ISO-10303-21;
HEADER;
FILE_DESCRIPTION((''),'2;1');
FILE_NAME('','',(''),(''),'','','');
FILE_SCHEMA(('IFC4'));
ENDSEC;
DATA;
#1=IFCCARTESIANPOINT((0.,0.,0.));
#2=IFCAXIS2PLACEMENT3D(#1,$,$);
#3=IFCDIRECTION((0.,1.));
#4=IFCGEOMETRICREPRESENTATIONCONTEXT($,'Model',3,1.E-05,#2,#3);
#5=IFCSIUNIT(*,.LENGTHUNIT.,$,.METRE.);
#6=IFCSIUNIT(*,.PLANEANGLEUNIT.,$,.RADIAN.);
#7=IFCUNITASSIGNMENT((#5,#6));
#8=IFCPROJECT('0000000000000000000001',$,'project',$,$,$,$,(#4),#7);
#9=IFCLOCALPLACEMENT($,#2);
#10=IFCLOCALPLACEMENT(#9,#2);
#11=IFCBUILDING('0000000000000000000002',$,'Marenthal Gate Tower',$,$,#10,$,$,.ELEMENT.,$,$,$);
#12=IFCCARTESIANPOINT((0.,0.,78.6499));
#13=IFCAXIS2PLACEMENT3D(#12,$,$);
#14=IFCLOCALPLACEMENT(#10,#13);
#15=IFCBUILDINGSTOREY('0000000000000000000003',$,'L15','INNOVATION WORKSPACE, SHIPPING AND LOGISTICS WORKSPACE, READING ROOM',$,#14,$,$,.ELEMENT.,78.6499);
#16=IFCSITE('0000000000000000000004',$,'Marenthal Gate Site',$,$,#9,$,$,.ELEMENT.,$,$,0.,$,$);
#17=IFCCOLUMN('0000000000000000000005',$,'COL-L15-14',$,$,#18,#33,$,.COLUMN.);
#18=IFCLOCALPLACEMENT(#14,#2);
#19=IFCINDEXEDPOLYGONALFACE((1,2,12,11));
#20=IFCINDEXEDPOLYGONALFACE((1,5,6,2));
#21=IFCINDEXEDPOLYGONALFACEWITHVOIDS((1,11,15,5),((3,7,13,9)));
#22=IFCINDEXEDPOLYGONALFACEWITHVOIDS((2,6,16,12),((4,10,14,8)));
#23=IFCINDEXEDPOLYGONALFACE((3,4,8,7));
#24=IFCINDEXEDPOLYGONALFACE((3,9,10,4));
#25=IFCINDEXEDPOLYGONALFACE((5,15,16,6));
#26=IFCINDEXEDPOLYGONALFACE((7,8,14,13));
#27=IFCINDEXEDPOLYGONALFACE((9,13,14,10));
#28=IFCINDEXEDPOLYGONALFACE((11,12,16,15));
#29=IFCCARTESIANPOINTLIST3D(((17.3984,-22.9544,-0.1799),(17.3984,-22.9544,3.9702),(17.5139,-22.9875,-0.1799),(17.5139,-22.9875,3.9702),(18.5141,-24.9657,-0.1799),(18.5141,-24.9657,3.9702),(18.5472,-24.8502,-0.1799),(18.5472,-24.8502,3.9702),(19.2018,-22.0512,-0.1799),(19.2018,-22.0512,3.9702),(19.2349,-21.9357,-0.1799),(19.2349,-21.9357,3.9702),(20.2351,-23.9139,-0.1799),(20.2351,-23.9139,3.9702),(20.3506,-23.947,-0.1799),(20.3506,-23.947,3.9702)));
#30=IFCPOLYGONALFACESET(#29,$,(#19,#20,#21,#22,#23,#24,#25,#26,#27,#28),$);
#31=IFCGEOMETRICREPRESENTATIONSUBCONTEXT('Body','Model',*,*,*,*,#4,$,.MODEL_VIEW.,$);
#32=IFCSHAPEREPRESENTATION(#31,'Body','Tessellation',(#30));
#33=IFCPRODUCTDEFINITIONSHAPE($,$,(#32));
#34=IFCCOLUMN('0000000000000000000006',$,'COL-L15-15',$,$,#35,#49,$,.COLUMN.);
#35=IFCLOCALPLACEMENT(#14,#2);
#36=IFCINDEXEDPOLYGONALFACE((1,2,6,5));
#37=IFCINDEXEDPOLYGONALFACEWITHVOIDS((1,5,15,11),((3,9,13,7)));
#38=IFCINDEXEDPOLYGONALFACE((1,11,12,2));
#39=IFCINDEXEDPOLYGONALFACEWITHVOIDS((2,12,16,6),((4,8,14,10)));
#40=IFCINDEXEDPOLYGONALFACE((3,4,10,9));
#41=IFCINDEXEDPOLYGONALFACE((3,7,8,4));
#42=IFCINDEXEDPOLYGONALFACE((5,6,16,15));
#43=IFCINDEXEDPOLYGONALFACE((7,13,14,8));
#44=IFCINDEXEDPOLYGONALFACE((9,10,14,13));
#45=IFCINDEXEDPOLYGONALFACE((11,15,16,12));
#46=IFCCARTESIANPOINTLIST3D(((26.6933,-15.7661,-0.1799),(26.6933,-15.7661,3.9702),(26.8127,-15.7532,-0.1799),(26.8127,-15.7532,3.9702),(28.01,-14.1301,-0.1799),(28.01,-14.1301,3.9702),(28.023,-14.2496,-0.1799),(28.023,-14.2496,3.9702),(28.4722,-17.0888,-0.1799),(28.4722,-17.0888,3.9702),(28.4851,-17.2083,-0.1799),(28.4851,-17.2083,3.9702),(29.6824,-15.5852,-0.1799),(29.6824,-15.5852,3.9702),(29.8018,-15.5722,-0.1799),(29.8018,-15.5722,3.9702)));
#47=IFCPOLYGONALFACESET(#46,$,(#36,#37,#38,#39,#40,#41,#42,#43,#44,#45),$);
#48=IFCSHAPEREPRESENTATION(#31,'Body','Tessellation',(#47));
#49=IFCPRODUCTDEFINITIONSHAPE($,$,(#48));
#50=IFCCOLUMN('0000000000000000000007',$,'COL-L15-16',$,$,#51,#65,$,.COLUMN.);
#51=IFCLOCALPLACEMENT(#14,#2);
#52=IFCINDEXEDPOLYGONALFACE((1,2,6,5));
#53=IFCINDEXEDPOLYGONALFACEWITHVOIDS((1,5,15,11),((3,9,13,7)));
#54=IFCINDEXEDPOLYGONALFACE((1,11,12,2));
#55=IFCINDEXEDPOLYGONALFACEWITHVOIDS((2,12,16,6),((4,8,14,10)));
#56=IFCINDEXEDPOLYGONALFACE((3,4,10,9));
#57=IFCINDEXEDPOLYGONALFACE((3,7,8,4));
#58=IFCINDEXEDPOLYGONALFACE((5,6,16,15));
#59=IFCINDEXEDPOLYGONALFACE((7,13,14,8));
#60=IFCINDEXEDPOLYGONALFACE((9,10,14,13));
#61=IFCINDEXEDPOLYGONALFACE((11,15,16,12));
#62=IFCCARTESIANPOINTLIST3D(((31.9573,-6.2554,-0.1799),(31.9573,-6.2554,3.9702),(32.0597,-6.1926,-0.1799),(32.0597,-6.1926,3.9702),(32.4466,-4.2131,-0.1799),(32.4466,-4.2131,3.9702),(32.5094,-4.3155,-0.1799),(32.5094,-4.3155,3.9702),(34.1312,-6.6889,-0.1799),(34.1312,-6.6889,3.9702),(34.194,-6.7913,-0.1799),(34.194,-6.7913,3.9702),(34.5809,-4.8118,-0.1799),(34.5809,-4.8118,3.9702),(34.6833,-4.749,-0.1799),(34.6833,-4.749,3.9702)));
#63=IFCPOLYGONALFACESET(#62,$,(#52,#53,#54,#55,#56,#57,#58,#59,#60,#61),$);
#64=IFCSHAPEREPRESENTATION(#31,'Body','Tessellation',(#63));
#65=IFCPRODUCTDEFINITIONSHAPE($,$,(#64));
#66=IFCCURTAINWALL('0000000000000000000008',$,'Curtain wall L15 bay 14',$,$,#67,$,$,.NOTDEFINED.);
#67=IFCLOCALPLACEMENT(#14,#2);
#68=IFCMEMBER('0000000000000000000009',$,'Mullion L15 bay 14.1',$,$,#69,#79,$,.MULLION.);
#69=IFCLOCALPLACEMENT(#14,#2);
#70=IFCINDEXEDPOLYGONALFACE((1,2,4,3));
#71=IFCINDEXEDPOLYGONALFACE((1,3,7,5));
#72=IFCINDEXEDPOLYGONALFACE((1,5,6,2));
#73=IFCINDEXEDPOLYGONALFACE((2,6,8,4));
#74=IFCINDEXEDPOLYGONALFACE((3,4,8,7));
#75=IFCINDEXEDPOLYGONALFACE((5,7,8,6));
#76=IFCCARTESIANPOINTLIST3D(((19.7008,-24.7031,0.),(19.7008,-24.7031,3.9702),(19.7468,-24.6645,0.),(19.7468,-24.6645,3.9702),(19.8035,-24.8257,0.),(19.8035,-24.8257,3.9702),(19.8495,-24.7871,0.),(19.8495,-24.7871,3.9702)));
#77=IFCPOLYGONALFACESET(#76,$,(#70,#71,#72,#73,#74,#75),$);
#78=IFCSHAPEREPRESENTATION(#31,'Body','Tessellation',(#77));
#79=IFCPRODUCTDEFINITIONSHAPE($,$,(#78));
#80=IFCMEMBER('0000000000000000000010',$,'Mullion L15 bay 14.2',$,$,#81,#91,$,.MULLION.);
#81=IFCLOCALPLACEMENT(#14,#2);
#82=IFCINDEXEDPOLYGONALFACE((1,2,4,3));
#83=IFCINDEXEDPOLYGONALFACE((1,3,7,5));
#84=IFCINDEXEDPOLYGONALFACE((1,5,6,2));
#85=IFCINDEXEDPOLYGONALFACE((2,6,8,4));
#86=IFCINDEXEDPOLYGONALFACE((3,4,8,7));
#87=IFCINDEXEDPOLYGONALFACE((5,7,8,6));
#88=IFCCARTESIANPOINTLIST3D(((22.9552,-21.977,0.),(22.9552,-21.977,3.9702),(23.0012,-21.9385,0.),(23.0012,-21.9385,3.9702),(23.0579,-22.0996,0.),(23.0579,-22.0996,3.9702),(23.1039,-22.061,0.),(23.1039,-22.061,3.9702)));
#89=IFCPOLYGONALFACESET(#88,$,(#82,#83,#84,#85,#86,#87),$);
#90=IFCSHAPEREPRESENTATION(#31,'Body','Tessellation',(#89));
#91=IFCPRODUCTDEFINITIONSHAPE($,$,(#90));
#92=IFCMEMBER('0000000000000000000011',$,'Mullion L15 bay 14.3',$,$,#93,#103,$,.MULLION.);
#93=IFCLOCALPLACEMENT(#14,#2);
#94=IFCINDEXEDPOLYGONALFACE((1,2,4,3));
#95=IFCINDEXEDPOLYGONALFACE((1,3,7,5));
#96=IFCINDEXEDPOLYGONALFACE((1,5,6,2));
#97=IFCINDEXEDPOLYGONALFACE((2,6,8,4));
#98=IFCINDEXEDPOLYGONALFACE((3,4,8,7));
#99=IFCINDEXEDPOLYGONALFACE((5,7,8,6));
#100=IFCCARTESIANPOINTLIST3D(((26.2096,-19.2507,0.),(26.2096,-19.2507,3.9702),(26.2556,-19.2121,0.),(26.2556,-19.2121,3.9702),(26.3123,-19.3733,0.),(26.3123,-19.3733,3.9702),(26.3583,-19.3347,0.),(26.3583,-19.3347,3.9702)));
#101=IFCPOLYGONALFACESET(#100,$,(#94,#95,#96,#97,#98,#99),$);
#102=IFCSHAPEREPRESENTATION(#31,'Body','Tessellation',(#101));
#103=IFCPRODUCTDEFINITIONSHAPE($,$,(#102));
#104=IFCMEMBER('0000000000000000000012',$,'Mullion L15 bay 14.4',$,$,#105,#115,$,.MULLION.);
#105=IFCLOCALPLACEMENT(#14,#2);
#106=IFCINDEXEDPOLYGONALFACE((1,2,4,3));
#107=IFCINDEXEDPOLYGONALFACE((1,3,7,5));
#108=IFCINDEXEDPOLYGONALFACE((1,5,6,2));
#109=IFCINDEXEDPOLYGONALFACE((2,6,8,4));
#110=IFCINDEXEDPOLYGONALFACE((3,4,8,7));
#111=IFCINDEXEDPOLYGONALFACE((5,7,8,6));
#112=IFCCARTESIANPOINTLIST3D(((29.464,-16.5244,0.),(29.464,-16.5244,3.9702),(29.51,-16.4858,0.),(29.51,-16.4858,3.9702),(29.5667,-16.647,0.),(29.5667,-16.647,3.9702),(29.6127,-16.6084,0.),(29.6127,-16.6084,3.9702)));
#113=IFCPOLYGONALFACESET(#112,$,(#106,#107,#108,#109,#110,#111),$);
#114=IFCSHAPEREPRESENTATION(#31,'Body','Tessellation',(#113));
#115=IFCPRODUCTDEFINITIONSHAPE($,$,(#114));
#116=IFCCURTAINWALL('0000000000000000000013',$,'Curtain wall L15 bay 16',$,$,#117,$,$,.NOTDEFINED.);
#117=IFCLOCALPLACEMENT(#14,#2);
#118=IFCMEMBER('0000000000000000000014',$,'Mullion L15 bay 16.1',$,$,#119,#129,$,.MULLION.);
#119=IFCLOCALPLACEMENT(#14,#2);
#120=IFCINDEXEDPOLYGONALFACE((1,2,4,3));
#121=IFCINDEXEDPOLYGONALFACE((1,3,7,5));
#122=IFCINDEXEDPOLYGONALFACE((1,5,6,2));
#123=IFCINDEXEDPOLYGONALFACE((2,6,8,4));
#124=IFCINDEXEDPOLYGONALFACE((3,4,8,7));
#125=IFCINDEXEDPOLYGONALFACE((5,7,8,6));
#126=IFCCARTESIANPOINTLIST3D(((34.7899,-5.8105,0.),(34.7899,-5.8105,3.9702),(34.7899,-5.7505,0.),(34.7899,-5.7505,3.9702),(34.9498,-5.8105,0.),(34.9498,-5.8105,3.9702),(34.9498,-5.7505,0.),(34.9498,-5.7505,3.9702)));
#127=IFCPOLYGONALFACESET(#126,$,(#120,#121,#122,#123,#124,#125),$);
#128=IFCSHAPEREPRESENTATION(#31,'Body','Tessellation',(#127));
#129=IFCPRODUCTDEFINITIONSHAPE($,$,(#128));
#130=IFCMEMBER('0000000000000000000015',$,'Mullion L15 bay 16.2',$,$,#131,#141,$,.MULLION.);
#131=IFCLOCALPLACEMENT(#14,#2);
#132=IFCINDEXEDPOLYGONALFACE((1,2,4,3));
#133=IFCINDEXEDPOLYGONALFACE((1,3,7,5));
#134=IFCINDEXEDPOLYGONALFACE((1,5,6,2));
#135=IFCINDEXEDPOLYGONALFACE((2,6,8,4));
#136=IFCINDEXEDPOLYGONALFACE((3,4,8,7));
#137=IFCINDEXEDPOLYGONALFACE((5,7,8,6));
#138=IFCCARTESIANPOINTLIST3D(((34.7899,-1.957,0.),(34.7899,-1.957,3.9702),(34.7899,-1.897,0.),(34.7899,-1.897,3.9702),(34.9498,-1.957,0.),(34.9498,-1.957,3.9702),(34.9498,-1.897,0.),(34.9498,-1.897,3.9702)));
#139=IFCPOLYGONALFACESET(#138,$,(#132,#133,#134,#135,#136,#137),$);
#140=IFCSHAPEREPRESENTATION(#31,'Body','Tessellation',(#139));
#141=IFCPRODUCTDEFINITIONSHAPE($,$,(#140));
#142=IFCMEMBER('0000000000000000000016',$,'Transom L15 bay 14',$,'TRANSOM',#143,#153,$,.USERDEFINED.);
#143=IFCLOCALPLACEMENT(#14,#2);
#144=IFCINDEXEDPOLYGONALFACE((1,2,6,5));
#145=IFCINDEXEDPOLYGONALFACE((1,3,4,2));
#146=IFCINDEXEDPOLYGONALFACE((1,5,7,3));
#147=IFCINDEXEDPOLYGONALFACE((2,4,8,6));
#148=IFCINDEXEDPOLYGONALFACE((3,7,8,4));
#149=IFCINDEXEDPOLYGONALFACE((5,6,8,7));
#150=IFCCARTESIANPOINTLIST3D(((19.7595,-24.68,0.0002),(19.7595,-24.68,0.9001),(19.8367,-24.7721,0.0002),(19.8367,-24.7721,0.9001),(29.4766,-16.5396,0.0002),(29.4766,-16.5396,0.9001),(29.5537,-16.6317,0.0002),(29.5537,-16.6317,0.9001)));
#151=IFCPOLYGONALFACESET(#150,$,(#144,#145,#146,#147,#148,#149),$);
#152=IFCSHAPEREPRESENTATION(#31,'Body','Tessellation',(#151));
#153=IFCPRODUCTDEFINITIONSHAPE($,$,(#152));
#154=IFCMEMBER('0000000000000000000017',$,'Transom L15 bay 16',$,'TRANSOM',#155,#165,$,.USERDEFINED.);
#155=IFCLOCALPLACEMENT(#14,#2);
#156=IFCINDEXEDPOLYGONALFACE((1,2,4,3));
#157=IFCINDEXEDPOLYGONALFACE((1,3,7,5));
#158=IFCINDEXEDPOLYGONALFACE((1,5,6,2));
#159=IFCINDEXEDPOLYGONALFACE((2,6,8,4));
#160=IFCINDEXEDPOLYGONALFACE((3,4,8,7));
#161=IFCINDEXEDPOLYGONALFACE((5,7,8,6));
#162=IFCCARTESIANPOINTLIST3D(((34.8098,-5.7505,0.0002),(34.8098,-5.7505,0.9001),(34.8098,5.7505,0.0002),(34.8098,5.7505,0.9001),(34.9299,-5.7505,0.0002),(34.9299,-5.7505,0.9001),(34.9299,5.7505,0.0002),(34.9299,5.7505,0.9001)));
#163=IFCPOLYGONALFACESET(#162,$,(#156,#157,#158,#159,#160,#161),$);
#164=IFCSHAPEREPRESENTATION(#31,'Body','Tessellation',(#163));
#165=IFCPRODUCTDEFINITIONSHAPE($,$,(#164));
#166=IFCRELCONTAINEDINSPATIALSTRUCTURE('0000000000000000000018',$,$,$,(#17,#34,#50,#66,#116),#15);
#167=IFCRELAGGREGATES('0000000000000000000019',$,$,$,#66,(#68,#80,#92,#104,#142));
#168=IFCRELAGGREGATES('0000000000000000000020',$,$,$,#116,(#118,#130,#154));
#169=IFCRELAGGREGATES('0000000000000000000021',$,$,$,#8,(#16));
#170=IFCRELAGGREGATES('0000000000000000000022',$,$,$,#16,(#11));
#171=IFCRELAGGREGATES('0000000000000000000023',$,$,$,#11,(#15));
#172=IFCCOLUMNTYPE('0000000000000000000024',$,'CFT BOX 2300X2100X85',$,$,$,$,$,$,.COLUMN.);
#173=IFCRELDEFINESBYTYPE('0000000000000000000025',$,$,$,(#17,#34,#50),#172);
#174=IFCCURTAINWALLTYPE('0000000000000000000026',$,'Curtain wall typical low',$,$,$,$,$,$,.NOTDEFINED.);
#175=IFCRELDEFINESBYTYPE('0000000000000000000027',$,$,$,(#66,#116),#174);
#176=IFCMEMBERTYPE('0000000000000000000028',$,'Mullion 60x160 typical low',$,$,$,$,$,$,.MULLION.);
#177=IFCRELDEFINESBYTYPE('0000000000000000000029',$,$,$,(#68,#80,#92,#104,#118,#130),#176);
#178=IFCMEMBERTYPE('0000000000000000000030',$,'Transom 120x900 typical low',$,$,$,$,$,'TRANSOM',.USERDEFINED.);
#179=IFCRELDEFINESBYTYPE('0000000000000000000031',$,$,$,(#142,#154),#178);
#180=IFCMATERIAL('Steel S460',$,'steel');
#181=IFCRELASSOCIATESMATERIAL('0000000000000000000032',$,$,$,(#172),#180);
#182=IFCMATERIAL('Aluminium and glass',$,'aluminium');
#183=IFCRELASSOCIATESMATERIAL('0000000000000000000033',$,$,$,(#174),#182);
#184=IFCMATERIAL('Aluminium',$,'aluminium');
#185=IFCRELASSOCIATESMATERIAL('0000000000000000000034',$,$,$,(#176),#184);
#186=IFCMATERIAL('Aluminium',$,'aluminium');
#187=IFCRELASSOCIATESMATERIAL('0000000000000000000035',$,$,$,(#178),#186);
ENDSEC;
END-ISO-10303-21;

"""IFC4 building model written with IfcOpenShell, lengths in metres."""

from ifc_helpers import new_model, si_unit, direction, frame, origin, origin_2d, place, context, subcontext, project, spatial, rectangle, hollow_rectangle, extrude, material, material_profile, profile_set, type_object, element, aggregate, save


model = new_model("IFC4")

# Units and contexts
model_context = context("Model", 3, precision=1e-05, world=origin(), true_north=direction((0.0, 1.0)))
body_context = subcontext(model_context, "Body", "Model", "MODEL_VIEW")
ifc_project = project(units=[si_unit("LENGTHUNIT", "METRE"), si_unit("PLANEANGLEUNIT", "RADIAN")], contexts=[model_context])

# Site, building, storey
site_placement = place(None, origin())
site = spatial("IfcSite", under=ifc_project, at=site_placement, Name="Marenthal Gate Site", CompositionType="ELEMENT", RefElevation=0.0)
building_placement = place(site_placement, origin())
building = spatial("IfcBuilding", under=site, at=building_placement, Name="Marenthal Gate Tower", CompositionType="ELEMENT")
storey_placement = place(building_placement, frame((0.0, 0.0, 78.6499)))
storey = spatial("IfcBuildingStorey", under=building, at=storey_placement, Name="L15", Description="INNOVATION WORKSPACE, SHIPPING AND LOGISTICS WORKSPACE, READING ROOM", CompositionType="ELEMENT", Elevation=78.6499)

# Columns
ifc_material_1 = material(Name="Steel S460", Category="steel")
ifc_material_profile_1 = material_profile(ifc_material_1, hollow_rectangle(XDim=2.1001, YDim=2.3, WallThickness=0.085, at=origin_2d()), Name="CFT BOX 2300X2100X85")
ifc_material_2 = material(Name="Concrete 70 MPa", Category="concrete")
ifc_material_profile_2 = material_profile(ifc_material_2, rectangle(XDim=1.9299, YDim=2.1299, at=origin_2d()), Name="CFT BOX 2300X2100X85 INFILL")
ifc_profile_set_1 = profile_set([ifc_material_profile_1, ifc_material_profile_2], Name="Steel S460 shell, Concrete 70 MPa infill")
column_type = type_object("IfcColumnType", Name="CFT BOX 2300X2100X85", PredefinedType="COLUMN", material=ifc_profile_set_1)
for number, where, z_axis, x_axis, name in (
    (1, (18.8745, -23.4507, -0.1799), (0.0, 0.0, 1.0), (-0.874469, -0.485081, 0.0), "COL-L15-14"),
    (2, (28.2476, -15.6692, -0.1799), (0.0, 0.0, 1.0), (-0.626997, -0.779022, 0.0), "COL-L15-15"),
    (3, (33.3203, -5.5022, -0.1799), (0.0, 0.0, 1.0), (-0.233004, -0.972476, 0.0), "COL-L15-16"),
):
    element("IfcColumn", number, at=place(storey_placement, frame(where, z_axis=z_axis, x_axis=x_axis)), inside=storey, type_object=column_type, Name=name, PredefinedType="COLUMN", context=body_context, shape_type="SweptSolid", body=[
        extrude(hollow_rectangle(XDim=2.1001, YDim=2.3, WallThickness=0.085, at=origin_2d()), origin(), (0.0, 0.0, 1.0), 4.1501),
    ])

# Curtain walls, members
ifc_material_3 = material(Name="Aluminium and glass", Category="aluminium")
curtain_wall_type = type_object("IfcCurtainWallType", Name="Curtain wall typical low", PredefinedType="NOTDEFINED", material=ifc_material_3)
curtain_wall_1_placement = place(storey_placement, origin())
curtain_wall_1 = element("IfcCurtainWall", 4, at=curtain_wall_1_placement, inside=storey, type_object=curtain_wall_type, Name="Curtain wall L15 bay 14", PredefinedType="NOTDEFINED")
ifc_material_4 = material(Name="Aluminium", Category="aluminium")
ifc_material_profile_3 = material_profile(ifc_material_4, rectangle(XDim=0.1599, YDim=0.0601, at=origin_2d()), Name="60x160 aluminium mullion")
ifc_profile_set_2 = profile_set([ifc_material_profile_3], Name="Aluminium")
member_type_1 = type_object("IfcMemberType", Name="Mullion 60x160 typical low", PredefinedType="MULLION", material=ifc_profile_set_2)
member_1_placement = place(storey_placement, frame((19.7751, -24.7451, 0.0), z_axis=(0.0, 0.0, 1.0), x_axis=(-0.642176, 0.766557, 0.0)))
member_1 = element("IfcMember", 5, at=member_1_placement, type_object=member_type_1, Name="Mullion L15 bay 14.1", PredefinedType="MULLION", context=body_context, shape_type="SweptSolid", body=[
    extrude(rectangle(XDim=0.1599, YDim=0.0601, at=origin_2d()), origin(), (0.0, 0.0, 1.0), 3.9702),
])
member_2_placement = place(storey_placement, frame((23.0295, -22.019, 0.0), z_axis=(0.0, 0.0, 1.0), x_axis=(-0.642176, 0.766557, 0.0)))
member_2 = element("IfcMember", 6, at=member_2_placement, type_object=member_type_1, Name="Mullion L15 bay 14.2", PredefinedType="MULLION", context=body_context, shape_type="SweptSolid", body=[
    extrude(rectangle(XDim=0.1599, YDim=0.0601, at=origin_2d()), origin(), (0.0, 0.0, 1.0), 3.9702),
])
member_3_placement = place(storey_placement, frame((26.2839, -19.2927, 0.0), z_axis=(0.0, 0.0, 1.0), x_axis=(-0.642176, 0.766557, 0.0)))
member_3 = element("IfcMember", 7, at=member_3_placement, type_object=member_type_1, Name="Mullion L15 bay 14.3", PredefinedType="MULLION", context=body_context, shape_type="SweptSolid", body=[
    extrude(rectangle(XDim=0.1599, YDim=0.0601, at=origin_2d()), origin(), (0.0, 0.0, 1.0), 3.9702),
])
member_4_placement = place(storey_placement, frame((29.5383, -16.5664, 0.0), z_axis=(0.0, 0.0, 1.0), x_axis=(-0.642176, 0.766557, 0.0)))
member_4 = element("IfcMember", 8, at=member_4_placement, type_object=member_type_1, Name="Mullion L15 bay 14.4", PredefinedType="MULLION", context=body_context, shape_type="SweptSolid", body=[
    extrude(rectangle(XDim=0.1599, YDim=0.0601, at=origin_2d()), origin(), (0.0, 0.0, 1.0), 3.9702),
])
curtain_wall_2_placement = place(storey_placement, origin())
curtain_wall_2 = element("IfcCurtainWall", 9, at=curtain_wall_2_placement, inside=storey, type_object=curtain_wall_type, Name="Curtain wall L15 bay 16", PredefinedType="NOTDEFINED")
member_5_placement = place(storey_placement, frame((34.8699, -5.7805, 0.0), z_axis=(0.0, 0.0, 1.0), x_axis=(-1.0, 0.0, 0.0)))
member_5 = element("IfcMember", 10, at=member_5_placement, type_object=member_type_1, Name="Mullion L15 bay 16.1", PredefinedType="MULLION", context=body_context, shape_type="SweptSolid", body=[
    extrude(rectangle(XDim=0.1599, YDim=0.0601, at=origin_2d()), origin(), (0.0, 0.0, 1.0), 3.9702),
])
member_6_placement = place(storey_placement, frame((34.8699, -1.927, 0.0), z_axis=(0.0, 0.0, 1.0), x_axis=(-1.0, 0.0, 0.0)))
member_6 = element("IfcMember", 11, at=member_6_placement, type_object=member_type_1, Name="Mullion L15 bay 16.2", PredefinedType="MULLION", context=body_context, shape_type="SweptSolid", body=[
    extrude(rectangle(XDim=0.1599, YDim=0.0601, at=origin_2d()), origin(), (0.0, 0.0, 1.0), 3.9702),
])

# Members
ifc_material_5 = material(Name="Aluminium", Category="aluminium")
ifc_material_profile_4 = material_profile(ifc_material_5, rectangle(XDim=0.1201, YDim=0.8999, at=origin_2d()), Name="120x900 aluminium transom")
ifc_profile_set_3 = profile_set([ifc_material_profile_4], Name="Aluminium")
member_type_2 = type_object("IfcMemberType", Name="Transom 120x900 typical low", ElementType="TRANSOM", PredefinedType="USERDEFINED", material=ifc_profile_set_3)
member_7_placement = place(storey_placement, frame((19.7981, -24.7261, 0.4502), z_axis=(0.766556, 0.642177, 0.0), x_axis=(-0.642177, 0.766556, 0.0)))
member_7 = element("IfcMember", 12, at=member_7_placement, type_object=member_type_2, Name="Transom L15 bay 14", ObjectType="TRANSOM", PredefinedType="USERDEFINED", context=body_context, shape_type="SweptSolid", body=[
    extrude(rectangle(XDim=0.1201, YDim=0.8999, at=origin_2d()), origin(), (0.0, 0.0, 1.0), 12.6763),
])
member_8_placement = place(storey_placement, frame((34.8699, -5.7505, 0.4502), z_axis=(0.0, 1.0, 0.0), x_axis=(-1.0, 0.0, 0.0)))
member_8 = element("IfcMember", 13, at=member_8_placement, type_object=member_type_2, Name="Transom L15 bay 16", ObjectType="TRANSOM", PredefinedType="USERDEFINED", context=body_context, shape_type="SweptSolid", body=[
    extrude(rectangle(XDim=0.1201, YDim=0.8999, at=origin_2d()), origin(), (0.0, 0.0, 1.0), 11.501),
])

aggregate(curtain_wall_1, [member_1, member_2, member_3, member_4, member_7])
aggregate(curtain_wall_2, [member_5, member_6, member_8])

save(model, "model.ifc")
